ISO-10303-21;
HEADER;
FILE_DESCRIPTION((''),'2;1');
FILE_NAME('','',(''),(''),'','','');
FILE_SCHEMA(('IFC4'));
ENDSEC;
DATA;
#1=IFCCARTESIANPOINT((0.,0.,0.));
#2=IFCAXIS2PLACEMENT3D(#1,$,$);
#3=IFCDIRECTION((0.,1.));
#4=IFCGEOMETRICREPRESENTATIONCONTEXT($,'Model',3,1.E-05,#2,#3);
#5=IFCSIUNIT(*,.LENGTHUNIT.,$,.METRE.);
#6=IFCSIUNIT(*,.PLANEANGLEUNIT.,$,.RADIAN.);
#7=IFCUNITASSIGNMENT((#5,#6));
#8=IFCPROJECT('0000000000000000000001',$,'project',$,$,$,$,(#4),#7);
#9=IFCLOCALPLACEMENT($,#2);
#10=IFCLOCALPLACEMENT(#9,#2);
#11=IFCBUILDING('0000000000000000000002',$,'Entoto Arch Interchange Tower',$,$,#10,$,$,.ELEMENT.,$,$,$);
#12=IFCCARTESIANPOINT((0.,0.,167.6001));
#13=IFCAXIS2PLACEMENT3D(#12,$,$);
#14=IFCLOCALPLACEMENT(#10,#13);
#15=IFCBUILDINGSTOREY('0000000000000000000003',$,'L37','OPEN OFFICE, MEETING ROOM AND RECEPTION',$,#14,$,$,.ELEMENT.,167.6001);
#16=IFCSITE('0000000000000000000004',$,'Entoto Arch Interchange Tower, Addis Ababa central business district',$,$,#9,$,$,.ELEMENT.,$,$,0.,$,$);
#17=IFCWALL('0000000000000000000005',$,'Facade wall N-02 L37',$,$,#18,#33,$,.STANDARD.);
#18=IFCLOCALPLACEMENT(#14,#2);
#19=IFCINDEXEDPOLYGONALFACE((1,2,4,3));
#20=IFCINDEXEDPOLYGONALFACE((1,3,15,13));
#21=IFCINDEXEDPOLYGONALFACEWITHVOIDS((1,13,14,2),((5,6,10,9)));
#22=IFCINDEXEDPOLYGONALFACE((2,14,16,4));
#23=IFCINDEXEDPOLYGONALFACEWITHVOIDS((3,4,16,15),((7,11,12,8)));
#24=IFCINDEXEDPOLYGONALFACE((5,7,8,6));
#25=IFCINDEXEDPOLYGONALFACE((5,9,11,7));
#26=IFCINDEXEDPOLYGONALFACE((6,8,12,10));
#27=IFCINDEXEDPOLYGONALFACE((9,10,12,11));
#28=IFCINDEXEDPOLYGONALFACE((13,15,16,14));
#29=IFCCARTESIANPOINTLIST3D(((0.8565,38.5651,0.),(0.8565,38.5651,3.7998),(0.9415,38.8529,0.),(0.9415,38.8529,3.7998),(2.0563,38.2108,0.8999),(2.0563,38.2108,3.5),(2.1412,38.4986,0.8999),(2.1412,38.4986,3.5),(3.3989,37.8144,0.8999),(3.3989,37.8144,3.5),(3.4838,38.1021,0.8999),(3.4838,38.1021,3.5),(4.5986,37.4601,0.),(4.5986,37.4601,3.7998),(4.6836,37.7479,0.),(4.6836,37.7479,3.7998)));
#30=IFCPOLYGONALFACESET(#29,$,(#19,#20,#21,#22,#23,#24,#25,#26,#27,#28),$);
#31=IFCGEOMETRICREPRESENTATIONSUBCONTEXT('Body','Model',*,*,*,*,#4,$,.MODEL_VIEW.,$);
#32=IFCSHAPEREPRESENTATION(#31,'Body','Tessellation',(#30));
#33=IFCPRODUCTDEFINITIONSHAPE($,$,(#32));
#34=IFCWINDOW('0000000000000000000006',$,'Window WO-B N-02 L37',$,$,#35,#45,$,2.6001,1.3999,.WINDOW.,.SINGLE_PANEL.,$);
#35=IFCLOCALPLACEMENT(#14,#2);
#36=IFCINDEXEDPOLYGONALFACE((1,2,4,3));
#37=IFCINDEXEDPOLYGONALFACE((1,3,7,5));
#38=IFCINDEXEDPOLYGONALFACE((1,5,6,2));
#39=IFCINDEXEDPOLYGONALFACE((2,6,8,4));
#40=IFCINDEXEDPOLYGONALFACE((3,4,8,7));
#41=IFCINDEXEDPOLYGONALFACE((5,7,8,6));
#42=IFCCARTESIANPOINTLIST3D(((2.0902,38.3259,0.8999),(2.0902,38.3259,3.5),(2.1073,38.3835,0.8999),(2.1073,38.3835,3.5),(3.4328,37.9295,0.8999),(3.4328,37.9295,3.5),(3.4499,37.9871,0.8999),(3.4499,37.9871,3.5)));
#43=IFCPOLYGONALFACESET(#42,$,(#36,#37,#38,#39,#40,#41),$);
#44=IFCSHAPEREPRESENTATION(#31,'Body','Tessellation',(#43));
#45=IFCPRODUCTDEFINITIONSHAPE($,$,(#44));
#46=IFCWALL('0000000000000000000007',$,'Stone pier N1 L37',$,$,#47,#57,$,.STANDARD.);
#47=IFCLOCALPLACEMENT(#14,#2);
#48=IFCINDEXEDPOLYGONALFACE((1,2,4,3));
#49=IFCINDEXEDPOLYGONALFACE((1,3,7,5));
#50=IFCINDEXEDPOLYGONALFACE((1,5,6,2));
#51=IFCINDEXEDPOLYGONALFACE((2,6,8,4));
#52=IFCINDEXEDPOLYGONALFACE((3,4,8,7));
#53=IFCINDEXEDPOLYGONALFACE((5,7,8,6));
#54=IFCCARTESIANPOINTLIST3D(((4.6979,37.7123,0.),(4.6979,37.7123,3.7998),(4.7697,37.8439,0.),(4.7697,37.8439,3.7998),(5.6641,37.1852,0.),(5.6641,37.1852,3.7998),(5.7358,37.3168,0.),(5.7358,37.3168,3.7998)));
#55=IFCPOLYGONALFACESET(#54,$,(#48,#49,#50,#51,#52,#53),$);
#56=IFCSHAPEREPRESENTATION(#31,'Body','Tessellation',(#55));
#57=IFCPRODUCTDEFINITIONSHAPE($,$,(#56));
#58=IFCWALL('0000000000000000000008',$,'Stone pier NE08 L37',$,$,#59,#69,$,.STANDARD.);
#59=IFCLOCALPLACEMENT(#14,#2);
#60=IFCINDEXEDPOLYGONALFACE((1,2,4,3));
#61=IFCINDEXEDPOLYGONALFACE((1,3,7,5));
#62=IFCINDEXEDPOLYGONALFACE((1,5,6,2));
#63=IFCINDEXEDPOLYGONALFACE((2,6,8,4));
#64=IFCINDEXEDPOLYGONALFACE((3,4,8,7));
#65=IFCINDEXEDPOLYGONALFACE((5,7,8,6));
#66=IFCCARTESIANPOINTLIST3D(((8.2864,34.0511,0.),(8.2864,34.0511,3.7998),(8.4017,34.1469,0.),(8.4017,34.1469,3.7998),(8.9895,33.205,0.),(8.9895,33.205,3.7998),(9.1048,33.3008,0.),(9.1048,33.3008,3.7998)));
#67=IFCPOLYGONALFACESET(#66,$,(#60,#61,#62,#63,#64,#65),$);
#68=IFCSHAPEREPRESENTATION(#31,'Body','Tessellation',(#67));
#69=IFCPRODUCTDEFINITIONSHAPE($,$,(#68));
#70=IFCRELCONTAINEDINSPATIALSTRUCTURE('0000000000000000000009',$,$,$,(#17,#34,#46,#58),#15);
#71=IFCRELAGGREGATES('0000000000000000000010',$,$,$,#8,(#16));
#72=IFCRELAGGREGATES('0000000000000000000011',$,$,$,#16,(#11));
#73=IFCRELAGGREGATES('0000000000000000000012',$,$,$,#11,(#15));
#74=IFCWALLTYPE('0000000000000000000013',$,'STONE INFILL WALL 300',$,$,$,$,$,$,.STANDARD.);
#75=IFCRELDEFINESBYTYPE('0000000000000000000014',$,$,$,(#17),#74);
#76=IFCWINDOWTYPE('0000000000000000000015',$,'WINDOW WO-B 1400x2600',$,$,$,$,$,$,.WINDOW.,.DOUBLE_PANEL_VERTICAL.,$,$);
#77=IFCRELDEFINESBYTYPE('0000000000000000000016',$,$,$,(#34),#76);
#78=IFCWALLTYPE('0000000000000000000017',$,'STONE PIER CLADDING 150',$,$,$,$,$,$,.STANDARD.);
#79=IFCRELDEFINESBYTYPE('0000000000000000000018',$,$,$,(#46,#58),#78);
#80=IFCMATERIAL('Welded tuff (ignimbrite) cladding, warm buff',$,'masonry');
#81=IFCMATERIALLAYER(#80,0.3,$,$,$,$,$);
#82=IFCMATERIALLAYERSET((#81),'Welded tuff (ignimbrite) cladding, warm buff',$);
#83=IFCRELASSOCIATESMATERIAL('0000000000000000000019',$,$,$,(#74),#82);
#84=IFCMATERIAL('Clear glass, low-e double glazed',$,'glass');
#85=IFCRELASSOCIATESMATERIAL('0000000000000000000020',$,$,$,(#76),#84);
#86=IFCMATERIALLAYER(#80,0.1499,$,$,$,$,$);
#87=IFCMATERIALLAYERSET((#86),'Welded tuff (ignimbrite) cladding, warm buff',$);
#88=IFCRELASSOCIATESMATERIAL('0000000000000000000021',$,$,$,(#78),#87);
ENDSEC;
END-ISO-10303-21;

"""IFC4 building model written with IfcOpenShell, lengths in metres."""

from ifc_helpers import new_model, si_unit, direction, frame, frame_2d, origin, place, context, subcontext, project, spatial, rectangle, extrude, material, layer, layer_set, type_object, element, fill, save


model = new_model("IFC4")

# Units and contexts
model_context = context("Model", 3, precision=1e-05, world=origin(), true_north=direction((0.0, 1.0)))
body_context = subcontext(model_context, "Body", "Model", "MODEL_VIEW")
ifc_project = project(units=[si_unit("LENGTHUNIT", "METRE"), si_unit("PLANEANGLEUNIT", "RADIAN")], contexts=[model_context])

# Site, building, storey
site_placement = place(None, origin())
site = spatial("IfcSite", under=ifc_project, at=site_placement, Name="Entoto Arch Interchange Tower, Addis Ababa central business district", CompositionType="ELEMENT", RefElevation=0.0)
building_placement = place(site_placement, origin())
building = spatial("IfcBuilding", under=site, at=building_placement, Name="Entoto Arch Interchange Tower", CompositionType="ELEMENT")
storey_placement = place(building_placement, frame((0.0, 0.0, 167.6001)))
storey = spatial("IfcBuildingStorey", under=building, at=storey_placement, Name="L37", Description="OPEN OFFICE, MEETING ROOM AND RECEPTION", CompositionType="ELEMENT", Elevation=167.6001)

# Wall, opening, window
ifc_material_1 = material(Name="Welded tuff (ignimbrite) cladding, warm buff", Category="masonry")
ifc_layer_1 = layer(ifc_material_1, 0.3)
ifc_layer_set_1 = layer_set([ifc_layer_1], Name="Welded tuff (ignimbrite) cladding, warm buff")
wall_type_1 = type_object("IfcWallType", Name="STONE INFILL WALL 300", PredefinedType="STANDARD", material=ifc_layer_set_1)
ifc_material_2 = material(Name="Clear glass, low-e double glazed", Category="glass")
window_type = type_object("IfcWindowType", Name="WINDOW WO-B 1400x2600", PartitioningType="DOUBLE_PANEL_VERTICAL", PredefinedType="WINDOW", material=ifc_material_2)
wall_1_placement = place(storey_placement, frame((4.6411, 37.604, 0.0), z_axis=(0.0, 0.0, 1.0), x_axis=(-0.959064, 0.283189, 0.0)))
wall_1 = element("IfcWall", 1, at=wall_1_placement, inside=storey, type_object=wall_type_1, Name="Facade wall N-02 L37", PredefinedType="STANDARD", context=body_context, shape_type="SweptSolid", body=[
    extrude(rectangle(XDim=3.9019, YDim=0.3, at=frame_2d((1.9509, 0.0))), origin(), (0.0, 0.0, 1.0), 3.7998),
])
opening_1_placement = place(wall_1_placement, frame((1.251, 0.0, 0.8999)))
opening_1 = element("IfcOpeningElement", 2, at=opening_1_placement, cuts=wall_1, PredefinedType="OPENING", context=body_context, shape_type="SweptSolid", body=[
    extrude(rectangle(XDim=1.3999, YDim=2.6001, at=frame_2d((0.7, 1.3))), frame((0.0, 0.1602, 0.0), z_axis=(0.0, -1.0, 0.0), x_axis=(1.0, 0.0, 0.0)), (0.0, 0.0, 1.0), 0.3201),
])
window_1_placement = place(opening_1_placement, origin())
window_1 = element("IfcWindow", 3, at=window_1_placement, inside=storey, type_object=window_type, Name="Window WO-B N-02 L37", OverallHeight=2.6001, OverallWidth=1.3999, PartitioningType="SINGLE_PANEL", PredefinedType="WINDOW", context=body_context, shape_type="SweptSolid", body=[
    extrude(rectangle(XDim=1.3999, YDim=2.6001, at=frame_2d((0.7, 1.3))), frame((0.0, 0.03, 0.0), z_axis=(0.0, -1.0, 0.0), x_axis=(1.0, 0.0, 0.0)), (0.0, 0.0, 1.0), 0.0601),
])
fill(opening_1, window_1)

# Walls
ifc_layer_2 = layer(ifc_material_1, 0.1499)
ifc_layer_set_2 = layer_set([ifc_layer_2], Name="Welded tuff (ignimbrite) cladding, warm buff")
wall_type_2 = type_object("IfcWallType", Name="STONE PIER CLADDING 150", PredefinedType="STANDARD", material=ifc_layer_set_2)
wall_2_placement = place(storey_placement, frame((5.7, 37.251, 0.0), z_axis=(0.0, 0.0, 1.0), x_axis=(-0.877836, 0.478961, 0.0)))
element("IfcWall", 4, at=wall_2_placement, inside=storey, type_object=wall_type_2, Name="Stone pier N1 L37", PredefinedType="STANDARD", context=body_context, shape_type="SweptSolid", body=[
    extrude(rectangle(XDim=1.1006, YDim=0.1499, at=frame_2d((0.5503, 0.0))), origin(), (0.0, 0.0, 1.0), 3.7998),
])
wall_3_placement = place(storey_placement, frame((9.0471, 33.2529, 0.0), z_axis=(0.0, 0.0, 1.0), x_axis=(-0.639092, 0.76913, 0.0)))
element("IfcWall", 5, at=wall_3_placement, inside=storey, type_object=wall_type_2, Name="Stone pier NE08 L37", PredefinedType="STANDARD", context=body_context, shape_type="SweptSolid", body=[
    extrude(rectangle(XDim=1.1001, YDim=0.1499, at=frame_2d((0.55, 0.0))), origin(), (0.0, 0.0, 1.0), 3.7998),
])

save(model, "model.ifc")
